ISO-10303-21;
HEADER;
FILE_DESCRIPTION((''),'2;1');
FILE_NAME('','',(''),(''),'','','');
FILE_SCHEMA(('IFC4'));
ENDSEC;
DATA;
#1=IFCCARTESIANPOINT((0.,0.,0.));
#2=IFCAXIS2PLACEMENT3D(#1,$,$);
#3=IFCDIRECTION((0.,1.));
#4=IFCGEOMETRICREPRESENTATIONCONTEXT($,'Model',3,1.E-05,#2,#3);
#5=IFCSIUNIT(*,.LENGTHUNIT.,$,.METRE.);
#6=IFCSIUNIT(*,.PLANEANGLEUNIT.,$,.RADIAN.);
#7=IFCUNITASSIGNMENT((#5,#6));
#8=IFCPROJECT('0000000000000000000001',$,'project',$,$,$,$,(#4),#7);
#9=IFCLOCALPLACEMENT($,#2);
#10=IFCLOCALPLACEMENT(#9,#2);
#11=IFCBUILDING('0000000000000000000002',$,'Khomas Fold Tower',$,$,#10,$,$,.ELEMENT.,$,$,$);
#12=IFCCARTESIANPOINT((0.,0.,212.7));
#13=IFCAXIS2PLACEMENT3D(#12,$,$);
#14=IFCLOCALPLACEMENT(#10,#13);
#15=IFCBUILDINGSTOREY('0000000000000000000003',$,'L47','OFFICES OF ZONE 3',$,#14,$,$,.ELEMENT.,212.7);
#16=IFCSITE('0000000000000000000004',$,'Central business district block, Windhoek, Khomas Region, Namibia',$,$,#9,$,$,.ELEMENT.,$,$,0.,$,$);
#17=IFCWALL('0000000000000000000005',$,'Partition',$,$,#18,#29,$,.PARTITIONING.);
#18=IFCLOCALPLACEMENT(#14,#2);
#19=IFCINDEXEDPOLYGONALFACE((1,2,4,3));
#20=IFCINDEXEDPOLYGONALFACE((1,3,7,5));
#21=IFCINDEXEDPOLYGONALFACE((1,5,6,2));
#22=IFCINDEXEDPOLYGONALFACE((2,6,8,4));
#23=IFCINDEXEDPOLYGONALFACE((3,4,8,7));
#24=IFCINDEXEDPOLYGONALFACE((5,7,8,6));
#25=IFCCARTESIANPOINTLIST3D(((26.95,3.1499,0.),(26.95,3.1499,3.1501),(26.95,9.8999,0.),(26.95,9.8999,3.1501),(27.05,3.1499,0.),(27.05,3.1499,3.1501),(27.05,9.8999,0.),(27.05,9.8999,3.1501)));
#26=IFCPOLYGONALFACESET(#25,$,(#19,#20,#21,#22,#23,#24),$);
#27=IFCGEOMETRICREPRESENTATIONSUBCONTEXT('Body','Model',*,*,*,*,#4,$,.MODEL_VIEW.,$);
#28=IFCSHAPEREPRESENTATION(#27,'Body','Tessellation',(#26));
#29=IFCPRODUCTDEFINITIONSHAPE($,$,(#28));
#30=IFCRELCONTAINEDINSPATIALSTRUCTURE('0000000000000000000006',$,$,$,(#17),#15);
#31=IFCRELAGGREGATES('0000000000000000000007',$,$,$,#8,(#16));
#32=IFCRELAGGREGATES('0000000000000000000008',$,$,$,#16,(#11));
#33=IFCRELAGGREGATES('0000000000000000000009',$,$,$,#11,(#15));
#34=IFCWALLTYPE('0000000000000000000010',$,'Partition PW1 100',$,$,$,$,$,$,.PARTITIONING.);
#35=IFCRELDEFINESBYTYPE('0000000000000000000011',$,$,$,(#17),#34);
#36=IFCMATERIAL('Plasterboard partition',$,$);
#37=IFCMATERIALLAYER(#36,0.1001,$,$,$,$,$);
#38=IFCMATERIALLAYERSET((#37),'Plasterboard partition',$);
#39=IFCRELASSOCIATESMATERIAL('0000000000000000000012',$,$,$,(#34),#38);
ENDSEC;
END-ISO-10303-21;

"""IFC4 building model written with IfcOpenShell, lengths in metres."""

from ifc_helpers import new_model, si_unit, direction, frame, frame_2d, origin, place, context, subcontext, project, spatial, rectangle, extrude, source, transform, mapped, material, layer, layer_set, type_object, element, save


model = new_model("IFC4")

# Units and contexts
model_context = context("Model", 3, precision=1e-05, world=origin(), true_north=direction((0.0, 1.0)))
body_context = subcontext(model_context, "Body", "Model", "MODEL_VIEW")
ifc_project = project(units=[si_unit("LENGTHUNIT", "METRE"), si_unit("PLANEANGLEUNIT", "RADIAN")], contexts=[model_context])

# Site, building, storey
site_placement = place(None, origin())
site = spatial("IfcSite", under=ifc_project, at=site_placement, Name="Central business district block, Windhoek, Khomas Region, Namibia", CompositionType="ELEMENT", RefElevation=0.0)
building_placement = place(site_placement, origin())
building = spatial("IfcBuilding", under=site, at=building_placement, Name="Khomas Fold Tower", CompositionType="ELEMENT")
storey_placement = place(building_placement, frame((0.0, 0.0, 212.7)))
storey = spatial("IfcBuildingStorey", under=building, at=storey_placement, Name="L47", Description="OFFICES OF ZONE 3", CompositionType="ELEMENT", Elevation=212.7)

# Wall
ifc_material_1 = material(Name="Plasterboard partition")
ifc_layer_1 = layer(ifc_material_1, 0.1001)
ifc_layer_set_1 = layer_set([ifc_layer_1], Name="Plasterboard partition")
wall_type_1 = type_object("IfcWallType", Name="Partition PW1 100", PredefinedType="PARTITIONING", material=ifc_layer_set_1)
shared_shape_1 = source(origin(), body_context, "Body", "SweptSolid", [
    extrude(rectangle(XDim=6.75, YDim=0.1001, at=frame_2d((3.375, 0.0))), origin(), (0.0, 0.0, 1.0), 3.1501),
])
wall_1_placement = place(storey_placement, frame((27.0, 3.1499, 0.0), z_axis=(0.0, 0.0, 1.0), x_axis=(0.0, 1.0, 0.0)))
element("IfcWall", 1, at=wall_1_placement, inside=storey, type_object=wall_type_1, Name="Partition", PredefinedType="PARTITIONING", context=body_context, shape_type="MappedRepresentation", body=[
    mapped(shared_shape_1, transform((0.0, 0.0, 0.0))),
])

save(model, "model.ifc")
